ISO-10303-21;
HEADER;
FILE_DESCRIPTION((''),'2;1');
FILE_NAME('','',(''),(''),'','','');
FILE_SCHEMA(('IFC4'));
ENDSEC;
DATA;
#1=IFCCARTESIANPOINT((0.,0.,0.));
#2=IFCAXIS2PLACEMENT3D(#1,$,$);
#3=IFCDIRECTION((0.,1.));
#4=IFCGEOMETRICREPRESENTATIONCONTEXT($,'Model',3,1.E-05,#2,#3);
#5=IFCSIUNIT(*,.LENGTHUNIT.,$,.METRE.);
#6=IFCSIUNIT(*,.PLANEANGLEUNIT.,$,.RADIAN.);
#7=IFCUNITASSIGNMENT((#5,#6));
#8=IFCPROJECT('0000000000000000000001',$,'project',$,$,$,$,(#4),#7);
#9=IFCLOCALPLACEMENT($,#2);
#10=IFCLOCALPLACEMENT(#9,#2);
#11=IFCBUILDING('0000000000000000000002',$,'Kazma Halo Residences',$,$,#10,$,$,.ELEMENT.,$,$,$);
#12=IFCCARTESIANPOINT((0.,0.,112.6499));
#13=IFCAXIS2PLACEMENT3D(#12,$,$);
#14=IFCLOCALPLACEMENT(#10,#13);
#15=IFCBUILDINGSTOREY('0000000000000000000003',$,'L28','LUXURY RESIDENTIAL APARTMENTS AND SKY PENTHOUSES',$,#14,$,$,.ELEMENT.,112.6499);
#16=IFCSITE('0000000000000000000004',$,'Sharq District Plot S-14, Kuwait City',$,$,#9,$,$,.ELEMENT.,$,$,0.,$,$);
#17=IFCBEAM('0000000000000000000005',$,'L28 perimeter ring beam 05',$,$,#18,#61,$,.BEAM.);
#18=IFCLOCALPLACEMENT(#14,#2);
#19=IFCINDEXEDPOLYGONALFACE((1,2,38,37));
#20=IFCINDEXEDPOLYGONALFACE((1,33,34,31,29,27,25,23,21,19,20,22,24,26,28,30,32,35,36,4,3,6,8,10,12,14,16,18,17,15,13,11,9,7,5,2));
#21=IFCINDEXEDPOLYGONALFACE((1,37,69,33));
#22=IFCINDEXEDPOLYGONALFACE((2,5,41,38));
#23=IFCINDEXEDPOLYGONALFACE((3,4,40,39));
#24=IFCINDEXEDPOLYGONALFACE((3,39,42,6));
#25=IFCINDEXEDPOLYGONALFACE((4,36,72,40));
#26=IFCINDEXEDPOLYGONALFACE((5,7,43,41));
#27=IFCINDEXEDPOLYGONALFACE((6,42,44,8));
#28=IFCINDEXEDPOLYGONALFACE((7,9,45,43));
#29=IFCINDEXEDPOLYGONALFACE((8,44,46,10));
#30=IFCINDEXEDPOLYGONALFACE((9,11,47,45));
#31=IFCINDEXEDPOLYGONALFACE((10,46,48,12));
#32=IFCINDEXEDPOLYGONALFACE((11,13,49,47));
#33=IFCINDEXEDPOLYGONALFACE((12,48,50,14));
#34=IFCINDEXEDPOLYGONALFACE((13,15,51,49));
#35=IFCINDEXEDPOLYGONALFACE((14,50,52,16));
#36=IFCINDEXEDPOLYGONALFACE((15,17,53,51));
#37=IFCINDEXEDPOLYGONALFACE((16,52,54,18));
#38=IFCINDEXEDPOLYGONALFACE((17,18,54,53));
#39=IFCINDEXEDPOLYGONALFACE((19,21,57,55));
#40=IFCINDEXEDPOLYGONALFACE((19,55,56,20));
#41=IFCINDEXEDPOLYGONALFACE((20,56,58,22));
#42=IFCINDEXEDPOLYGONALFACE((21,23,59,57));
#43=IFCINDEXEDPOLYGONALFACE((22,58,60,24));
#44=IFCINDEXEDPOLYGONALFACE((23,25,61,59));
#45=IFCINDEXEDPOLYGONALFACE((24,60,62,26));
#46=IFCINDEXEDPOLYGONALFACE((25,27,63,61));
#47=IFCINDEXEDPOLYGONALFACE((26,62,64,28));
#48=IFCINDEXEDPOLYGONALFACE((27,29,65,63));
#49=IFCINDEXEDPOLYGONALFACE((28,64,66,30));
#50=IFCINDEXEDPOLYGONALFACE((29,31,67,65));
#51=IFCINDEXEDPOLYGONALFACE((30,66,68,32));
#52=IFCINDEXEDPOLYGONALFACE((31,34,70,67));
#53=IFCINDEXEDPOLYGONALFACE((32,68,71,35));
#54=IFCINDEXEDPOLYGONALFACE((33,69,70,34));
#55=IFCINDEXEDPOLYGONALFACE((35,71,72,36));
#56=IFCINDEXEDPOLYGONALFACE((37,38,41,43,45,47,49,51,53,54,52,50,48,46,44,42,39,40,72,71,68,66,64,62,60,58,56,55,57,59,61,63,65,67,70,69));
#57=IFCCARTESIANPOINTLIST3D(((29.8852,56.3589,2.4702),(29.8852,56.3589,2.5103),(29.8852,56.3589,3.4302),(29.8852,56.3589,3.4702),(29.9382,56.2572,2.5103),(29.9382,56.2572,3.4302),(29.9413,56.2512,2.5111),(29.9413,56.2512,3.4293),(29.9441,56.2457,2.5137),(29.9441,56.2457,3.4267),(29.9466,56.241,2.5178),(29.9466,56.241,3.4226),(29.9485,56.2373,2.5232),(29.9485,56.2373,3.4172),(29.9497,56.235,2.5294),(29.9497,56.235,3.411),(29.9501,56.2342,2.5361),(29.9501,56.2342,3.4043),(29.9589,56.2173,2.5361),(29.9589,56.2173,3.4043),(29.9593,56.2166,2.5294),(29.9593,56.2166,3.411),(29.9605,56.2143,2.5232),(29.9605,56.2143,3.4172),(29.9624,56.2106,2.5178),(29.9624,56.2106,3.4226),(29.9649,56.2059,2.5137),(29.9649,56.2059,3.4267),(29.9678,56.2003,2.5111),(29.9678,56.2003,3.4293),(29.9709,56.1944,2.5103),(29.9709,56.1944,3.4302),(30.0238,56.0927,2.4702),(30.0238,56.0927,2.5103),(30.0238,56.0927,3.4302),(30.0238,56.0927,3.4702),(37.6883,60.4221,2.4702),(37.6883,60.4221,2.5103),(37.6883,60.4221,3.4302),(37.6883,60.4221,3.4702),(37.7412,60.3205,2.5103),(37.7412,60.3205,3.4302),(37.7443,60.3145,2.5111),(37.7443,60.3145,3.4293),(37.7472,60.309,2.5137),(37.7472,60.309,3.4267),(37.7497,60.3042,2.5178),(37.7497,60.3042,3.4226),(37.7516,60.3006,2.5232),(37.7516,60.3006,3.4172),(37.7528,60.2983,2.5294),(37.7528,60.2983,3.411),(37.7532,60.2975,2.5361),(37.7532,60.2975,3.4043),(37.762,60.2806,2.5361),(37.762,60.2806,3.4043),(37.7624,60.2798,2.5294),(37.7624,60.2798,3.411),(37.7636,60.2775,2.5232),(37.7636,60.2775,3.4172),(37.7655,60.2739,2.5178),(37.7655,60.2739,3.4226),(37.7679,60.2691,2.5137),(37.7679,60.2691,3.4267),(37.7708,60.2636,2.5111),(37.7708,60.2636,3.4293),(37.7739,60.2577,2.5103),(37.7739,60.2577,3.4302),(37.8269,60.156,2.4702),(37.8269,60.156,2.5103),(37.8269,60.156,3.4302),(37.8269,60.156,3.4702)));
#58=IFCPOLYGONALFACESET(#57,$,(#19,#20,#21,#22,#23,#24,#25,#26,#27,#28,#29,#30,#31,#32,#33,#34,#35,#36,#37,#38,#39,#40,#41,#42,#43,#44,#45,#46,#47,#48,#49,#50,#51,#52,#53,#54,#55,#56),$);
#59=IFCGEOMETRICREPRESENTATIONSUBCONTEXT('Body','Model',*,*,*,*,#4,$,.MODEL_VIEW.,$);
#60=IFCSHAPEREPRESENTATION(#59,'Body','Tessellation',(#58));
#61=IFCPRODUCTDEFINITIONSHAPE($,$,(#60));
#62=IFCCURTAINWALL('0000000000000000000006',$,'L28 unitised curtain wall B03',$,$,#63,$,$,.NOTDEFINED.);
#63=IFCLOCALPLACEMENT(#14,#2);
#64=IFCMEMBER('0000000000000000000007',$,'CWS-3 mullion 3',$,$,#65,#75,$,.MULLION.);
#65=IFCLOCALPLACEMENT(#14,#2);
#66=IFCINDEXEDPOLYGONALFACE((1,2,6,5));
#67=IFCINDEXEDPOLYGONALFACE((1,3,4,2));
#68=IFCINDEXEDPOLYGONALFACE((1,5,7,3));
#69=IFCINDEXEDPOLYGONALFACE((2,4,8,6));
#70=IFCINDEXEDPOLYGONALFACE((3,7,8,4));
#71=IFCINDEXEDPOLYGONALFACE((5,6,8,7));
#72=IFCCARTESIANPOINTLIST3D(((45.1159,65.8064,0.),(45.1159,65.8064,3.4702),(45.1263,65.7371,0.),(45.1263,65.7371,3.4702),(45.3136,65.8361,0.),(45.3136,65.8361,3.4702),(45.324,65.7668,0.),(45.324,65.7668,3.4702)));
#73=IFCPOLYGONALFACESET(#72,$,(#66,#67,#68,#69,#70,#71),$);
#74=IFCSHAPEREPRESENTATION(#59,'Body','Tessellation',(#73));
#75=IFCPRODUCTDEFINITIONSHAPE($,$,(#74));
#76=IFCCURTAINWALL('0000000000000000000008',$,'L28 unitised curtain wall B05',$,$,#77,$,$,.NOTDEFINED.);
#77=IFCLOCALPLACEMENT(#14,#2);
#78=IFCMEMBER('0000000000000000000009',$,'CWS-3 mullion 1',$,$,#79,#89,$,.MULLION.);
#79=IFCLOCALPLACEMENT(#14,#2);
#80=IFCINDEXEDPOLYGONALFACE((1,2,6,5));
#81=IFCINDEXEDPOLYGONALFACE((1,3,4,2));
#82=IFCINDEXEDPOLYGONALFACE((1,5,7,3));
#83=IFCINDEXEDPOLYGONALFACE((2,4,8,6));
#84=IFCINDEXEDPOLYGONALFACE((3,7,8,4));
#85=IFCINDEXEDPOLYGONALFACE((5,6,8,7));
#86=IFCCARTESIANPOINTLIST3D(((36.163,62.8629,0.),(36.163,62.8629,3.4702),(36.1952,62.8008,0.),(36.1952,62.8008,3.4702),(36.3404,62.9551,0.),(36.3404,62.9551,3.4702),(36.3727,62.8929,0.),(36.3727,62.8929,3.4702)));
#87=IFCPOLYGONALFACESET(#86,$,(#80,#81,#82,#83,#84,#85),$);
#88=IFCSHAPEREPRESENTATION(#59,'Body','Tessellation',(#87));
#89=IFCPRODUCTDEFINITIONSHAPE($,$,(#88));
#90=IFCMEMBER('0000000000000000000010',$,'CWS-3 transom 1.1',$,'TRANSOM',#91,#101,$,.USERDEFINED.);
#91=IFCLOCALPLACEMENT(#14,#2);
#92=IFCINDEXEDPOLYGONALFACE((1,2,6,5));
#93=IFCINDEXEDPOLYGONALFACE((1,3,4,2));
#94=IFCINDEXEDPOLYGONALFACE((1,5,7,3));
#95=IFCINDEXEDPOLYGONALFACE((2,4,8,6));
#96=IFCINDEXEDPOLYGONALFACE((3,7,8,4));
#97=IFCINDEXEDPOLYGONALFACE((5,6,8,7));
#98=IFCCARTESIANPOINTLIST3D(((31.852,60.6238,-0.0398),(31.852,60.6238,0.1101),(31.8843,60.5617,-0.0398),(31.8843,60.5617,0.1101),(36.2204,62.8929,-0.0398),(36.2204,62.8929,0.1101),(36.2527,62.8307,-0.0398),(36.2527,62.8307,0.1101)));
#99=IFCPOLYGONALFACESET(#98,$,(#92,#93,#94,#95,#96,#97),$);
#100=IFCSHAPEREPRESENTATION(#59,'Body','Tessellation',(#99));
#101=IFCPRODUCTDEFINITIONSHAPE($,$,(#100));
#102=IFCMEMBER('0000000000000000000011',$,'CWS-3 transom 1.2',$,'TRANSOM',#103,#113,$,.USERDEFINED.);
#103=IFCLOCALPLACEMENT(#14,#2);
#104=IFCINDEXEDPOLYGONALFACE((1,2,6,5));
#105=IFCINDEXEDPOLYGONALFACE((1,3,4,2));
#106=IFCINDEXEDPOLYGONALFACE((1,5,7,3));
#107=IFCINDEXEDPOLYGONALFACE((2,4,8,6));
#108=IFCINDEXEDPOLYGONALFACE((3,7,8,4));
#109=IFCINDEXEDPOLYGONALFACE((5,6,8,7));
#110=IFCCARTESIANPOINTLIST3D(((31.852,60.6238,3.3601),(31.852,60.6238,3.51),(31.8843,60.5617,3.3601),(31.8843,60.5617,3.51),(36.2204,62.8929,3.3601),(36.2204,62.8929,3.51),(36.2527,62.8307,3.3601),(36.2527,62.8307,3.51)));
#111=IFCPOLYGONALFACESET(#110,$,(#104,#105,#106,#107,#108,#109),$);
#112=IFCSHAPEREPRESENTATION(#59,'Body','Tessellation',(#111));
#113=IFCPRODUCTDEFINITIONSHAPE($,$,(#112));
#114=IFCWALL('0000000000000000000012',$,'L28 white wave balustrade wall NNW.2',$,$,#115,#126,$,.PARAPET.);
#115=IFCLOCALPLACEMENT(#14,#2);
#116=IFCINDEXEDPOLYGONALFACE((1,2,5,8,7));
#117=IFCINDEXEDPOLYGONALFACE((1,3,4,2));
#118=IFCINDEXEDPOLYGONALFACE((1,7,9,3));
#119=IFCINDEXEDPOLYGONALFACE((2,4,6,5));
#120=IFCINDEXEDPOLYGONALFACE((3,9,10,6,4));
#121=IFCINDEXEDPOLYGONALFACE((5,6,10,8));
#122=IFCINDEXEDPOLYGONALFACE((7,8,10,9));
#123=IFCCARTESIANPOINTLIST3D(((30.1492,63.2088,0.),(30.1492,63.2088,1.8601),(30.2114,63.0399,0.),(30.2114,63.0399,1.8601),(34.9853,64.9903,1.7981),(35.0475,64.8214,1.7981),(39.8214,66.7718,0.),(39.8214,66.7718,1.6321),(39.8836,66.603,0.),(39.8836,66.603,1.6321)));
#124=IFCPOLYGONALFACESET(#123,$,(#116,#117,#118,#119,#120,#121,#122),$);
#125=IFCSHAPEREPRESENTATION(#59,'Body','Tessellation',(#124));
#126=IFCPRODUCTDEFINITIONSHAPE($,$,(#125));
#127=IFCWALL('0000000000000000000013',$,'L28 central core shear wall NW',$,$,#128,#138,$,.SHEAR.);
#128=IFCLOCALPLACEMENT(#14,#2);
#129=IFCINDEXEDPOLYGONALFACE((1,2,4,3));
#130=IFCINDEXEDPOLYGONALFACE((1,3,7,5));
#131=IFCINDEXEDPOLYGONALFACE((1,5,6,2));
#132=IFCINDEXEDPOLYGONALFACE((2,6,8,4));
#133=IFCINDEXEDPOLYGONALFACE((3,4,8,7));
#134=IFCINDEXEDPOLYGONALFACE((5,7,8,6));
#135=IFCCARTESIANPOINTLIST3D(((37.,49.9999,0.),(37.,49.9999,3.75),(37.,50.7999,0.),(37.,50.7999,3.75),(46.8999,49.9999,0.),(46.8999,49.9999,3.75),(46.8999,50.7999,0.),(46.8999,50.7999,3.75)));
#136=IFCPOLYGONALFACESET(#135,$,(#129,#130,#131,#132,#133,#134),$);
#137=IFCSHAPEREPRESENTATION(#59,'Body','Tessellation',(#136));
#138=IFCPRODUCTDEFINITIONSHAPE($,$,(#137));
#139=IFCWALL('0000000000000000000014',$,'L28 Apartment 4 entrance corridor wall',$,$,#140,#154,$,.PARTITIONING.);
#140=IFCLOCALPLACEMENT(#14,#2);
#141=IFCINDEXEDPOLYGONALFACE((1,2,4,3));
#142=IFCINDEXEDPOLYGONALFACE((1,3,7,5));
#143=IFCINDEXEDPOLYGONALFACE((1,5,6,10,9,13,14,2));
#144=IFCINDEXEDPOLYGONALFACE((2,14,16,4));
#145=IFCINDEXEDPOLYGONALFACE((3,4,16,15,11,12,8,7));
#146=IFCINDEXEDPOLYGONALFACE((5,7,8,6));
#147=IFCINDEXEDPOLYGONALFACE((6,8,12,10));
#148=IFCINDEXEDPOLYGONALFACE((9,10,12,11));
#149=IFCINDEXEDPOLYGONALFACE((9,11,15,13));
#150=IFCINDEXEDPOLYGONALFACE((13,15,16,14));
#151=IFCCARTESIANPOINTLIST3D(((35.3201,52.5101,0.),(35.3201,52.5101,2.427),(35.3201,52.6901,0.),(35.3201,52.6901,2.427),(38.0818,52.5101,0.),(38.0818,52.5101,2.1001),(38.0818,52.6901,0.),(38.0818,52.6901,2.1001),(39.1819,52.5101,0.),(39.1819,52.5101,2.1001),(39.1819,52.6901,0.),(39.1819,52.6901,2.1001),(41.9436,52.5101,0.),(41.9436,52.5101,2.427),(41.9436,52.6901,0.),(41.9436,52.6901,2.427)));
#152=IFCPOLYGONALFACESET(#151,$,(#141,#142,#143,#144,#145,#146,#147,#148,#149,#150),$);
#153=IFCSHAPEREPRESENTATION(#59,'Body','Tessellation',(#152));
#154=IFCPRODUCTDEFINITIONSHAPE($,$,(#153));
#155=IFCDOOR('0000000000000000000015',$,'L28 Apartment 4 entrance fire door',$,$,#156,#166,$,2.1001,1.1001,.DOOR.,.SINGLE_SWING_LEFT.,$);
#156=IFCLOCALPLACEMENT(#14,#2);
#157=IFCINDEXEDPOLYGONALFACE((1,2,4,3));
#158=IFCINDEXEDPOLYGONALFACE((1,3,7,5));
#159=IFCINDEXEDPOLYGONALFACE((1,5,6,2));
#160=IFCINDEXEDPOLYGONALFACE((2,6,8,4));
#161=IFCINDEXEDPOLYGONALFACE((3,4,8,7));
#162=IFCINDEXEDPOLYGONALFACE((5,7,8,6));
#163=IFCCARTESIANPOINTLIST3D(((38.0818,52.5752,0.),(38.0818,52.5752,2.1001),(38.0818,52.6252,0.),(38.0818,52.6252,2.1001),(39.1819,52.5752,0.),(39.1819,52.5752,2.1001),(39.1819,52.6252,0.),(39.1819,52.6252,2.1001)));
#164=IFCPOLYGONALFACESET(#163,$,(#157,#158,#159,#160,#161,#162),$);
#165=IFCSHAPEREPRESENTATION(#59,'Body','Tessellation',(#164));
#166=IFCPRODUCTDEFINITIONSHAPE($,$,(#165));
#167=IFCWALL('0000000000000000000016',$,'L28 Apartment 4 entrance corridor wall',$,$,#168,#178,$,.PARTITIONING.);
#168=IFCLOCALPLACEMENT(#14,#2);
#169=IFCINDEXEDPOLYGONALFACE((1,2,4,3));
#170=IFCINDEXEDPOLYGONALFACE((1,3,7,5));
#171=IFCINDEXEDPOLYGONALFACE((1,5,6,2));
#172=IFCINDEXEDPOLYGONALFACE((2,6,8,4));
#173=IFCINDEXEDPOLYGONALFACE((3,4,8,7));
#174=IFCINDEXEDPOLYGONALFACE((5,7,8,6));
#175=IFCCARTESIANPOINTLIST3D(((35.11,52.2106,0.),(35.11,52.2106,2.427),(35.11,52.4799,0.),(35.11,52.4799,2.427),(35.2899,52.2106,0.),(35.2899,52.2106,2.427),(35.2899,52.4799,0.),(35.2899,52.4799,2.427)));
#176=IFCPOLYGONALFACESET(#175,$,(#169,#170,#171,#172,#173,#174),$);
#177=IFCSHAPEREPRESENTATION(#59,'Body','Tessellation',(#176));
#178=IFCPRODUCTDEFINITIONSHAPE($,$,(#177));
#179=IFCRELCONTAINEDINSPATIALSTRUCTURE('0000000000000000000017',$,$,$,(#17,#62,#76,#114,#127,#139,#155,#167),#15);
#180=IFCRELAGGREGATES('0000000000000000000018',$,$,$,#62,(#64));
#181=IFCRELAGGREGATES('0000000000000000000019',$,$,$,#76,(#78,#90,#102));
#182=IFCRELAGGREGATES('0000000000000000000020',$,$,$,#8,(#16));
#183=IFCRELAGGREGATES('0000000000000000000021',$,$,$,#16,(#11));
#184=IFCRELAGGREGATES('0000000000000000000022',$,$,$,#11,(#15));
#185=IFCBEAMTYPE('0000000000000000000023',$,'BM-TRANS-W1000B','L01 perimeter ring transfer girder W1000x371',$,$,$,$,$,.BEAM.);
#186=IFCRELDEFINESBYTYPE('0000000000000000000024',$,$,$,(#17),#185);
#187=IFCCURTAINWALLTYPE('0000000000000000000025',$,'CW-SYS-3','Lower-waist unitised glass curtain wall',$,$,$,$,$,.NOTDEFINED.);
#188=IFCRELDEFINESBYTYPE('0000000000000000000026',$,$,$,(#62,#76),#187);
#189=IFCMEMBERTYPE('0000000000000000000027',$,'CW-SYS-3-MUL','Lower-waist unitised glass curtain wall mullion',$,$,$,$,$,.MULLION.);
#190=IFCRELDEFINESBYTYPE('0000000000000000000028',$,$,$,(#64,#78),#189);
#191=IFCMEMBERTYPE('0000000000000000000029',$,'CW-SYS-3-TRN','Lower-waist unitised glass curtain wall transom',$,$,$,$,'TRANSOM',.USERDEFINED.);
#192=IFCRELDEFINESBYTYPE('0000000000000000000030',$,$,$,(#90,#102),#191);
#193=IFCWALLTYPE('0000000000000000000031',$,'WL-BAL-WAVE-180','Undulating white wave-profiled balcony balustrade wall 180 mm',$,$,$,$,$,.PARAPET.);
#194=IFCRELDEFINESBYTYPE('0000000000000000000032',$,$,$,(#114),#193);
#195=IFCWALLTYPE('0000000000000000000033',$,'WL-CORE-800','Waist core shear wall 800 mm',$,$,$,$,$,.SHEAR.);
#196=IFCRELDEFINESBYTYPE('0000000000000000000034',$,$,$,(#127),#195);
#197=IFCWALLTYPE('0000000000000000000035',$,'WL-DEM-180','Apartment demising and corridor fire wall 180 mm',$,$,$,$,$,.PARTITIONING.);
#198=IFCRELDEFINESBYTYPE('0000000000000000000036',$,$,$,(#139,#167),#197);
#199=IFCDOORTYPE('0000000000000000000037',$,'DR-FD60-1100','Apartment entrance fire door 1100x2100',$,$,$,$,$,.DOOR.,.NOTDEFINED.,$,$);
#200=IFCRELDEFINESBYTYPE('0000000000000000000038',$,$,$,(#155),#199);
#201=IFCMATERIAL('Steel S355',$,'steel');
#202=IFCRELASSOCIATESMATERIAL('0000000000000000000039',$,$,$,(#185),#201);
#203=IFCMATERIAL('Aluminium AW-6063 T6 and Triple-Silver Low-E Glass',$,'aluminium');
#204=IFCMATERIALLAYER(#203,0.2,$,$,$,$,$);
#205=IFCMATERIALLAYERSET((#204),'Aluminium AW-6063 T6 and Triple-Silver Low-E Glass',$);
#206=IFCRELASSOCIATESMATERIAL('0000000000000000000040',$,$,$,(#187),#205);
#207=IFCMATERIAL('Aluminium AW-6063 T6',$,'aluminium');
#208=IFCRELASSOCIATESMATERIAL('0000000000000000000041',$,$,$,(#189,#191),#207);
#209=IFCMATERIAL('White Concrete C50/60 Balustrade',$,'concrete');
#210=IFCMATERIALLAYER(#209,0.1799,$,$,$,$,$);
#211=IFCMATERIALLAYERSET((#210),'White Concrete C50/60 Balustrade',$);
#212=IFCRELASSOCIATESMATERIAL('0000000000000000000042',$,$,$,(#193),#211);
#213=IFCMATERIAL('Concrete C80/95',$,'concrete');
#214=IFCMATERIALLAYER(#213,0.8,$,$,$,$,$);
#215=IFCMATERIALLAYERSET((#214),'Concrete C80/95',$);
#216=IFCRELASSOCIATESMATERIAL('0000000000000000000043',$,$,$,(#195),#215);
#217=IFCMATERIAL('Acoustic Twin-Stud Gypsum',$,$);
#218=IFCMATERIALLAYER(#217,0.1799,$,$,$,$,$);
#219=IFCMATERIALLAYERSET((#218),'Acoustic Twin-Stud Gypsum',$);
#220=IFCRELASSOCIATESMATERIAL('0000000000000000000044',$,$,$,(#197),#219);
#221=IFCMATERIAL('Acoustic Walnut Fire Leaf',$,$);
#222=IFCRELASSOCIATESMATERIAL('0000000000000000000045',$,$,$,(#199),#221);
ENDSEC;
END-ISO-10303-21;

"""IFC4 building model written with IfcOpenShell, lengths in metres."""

from ifc_helpers import new_model, si_unit, direction, frame, frame_2d, origin, origin_2d, place, context, subcontext, project, spatial, polyline, rectangle, i_section, outline, extrude, material, layer, layer_set, material_profile, profile_set, type_object, element, fill, aggregate, save


model = new_model("IFC4")

# Units and contexts
model_context = context("Model", 3, precision=1e-05, world=origin(), true_north=direction((0.0, 1.0)))
body_context = subcontext(model_context, "Body", "Model", "MODEL_VIEW")
ifc_project = project(units=[si_unit("LENGTHUNIT", "METRE"), si_unit("PLANEANGLEUNIT", "RADIAN")], contexts=[model_context])

# Site, building, storey
site_placement = place(None, origin())
site = spatial("IfcSite", under=ifc_project, at=site_placement, Name="Sharq District Plot S-14, Kuwait City", CompositionType="ELEMENT", RefElevation=0.0)
building_placement = place(site_placement, origin())
building = spatial("IfcBuilding", under=site, at=building_placement, Name="Kazma Halo Residences", CompositionType="ELEMENT")
storey_placement = place(building_placement, frame((0.0, 0.0, 112.6499)))
storey = spatial("IfcBuildingStorey", under=building, at=storey_placement, Name="L28", Description="LUXURY RESIDENTIAL APARTMENTS AND SKY PENTHOUSES", CompositionType="ELEMENT", Elevation=112.6499)

# Shared definitions
ifc_material_1 = material(Name="Concrete C80/95", Category="concrete")

# Beam
ifc_material_2 = material(Name="Steel S355", Category="steel")
ifc_material_profile_1 = material_profile(ifc_material_2, i_section(OverallWidth=0.3, OverallDepth=1.0, WebThickness=0.019, FlangeThickness=0.04, FilletRadius=0.0259, at=origin_2d()), Name="W1000x371")
ifc_profile_set_1 = profile_set([ifc_material_profile_1], Name="Steel S355")
beam_type_1 = type_object("IfcBeamType", Name="BM-TRANS-W1000B", Description="L01 perimeter ring transfer girder W1000x371", PredefinedType="BEAM", material=ifc_profile_set_1)
beam_1_placement = place(storey_placement, frame((37.7576, 60.2891, 2.9702), z_axis=(-0.886952, -0.461861, 0.0), x_axis=(0.461861, -0.886952, 0.0)))
element("IfcBeam", 1, at=beam_1_placement, inside=storey, type_object=beam_type_1, Name="L28 perimeter ring beam 05", PredefinedType="BEAM", context=body_context, shape_type="SweptSolid", body=[
    extrude(i_section(OverallWidth=0.3, OverallDepth=1.0, WebThickness=0.019, FlangeThickness=0.04, FilletRadius=0.0259, at=origin_2d()), origin(), (0.0, 0.0, 1.0), 8.7976),
])

# Curtain wall, member
ifc_material_3 = material(Name="Aluminium AW-6063 T6 and Triple-Silver Low-E Glass", Category="aluminium")
ifc_layer_1 = layer(ifc_material_3, 0.2)
ifc_layer_set_1 = layer_set([ifc_layer_1], Name="Aluminium AW-6063 T6 and Triple-Silver Low-E Glass")
curtain_wall_type = type_object("IfcCurtainWallType", Name="CW-SYS-3", Description="Lower-waist unitised glass curtain wall", PredefinedType="NOTDEFINED", material=ifc_layer_set_1)
curtain_wall_1_placement = place(storey_placement, origin())
curtain_wall_1 = element("IfcCurtainWall", 2, at=curtain_wall_1_placement, inside=storey, type_object=curtain_wall_type, Name="L28 unitised curtain wall B03", PredefinedType="NOTDEFINED")
ifc_material_4 = material(Name="Aluminium AW-6063 T6", Category="aluminium")
ifc_material_profile_2 = material_profile(ifc_material_4, rectangle(XDim=0.0701, YDim=0.2, at=origin_2d()), Name="CWM-70x200")
ifc_profile_set_2 = profile_set([ifc_material_profile_2], Name="Aluminium AW-6063 T6")
member_type_1 = type_object("IfcMemberType", Name="CW-SYS-3-MUL", Description="Lower-waist unitised glass curtain wall mullion", PredefinedType="MULLION", material=ifc_profile_set_2)
member_1_placement = place(storey_placement, frame((45.22, 65.7866, 0.0), z_axis=(0.0, 0.0, 1.0), x_axis=(0.148717, -0.98888, 0.0)))
member_1 = element("IfcMember", 3, at=member_1_placement, type_object=member_type_1, Name="CWS-3 mullion 3", PredefinedType="MULLION", context=body_context, shape_type="SweptSolid", body=[
    extrude(rectangle(XDim=0.0701, YDim=0.2, at=origin_2d()), origin(), (0.0, 0.0, 1.0), 3.4702),
])
aggregate(curtain_wall_1, [member_1])

# Curtain wall, members
curtain_wall_2_placement = place(storey_placement, origin())
curtain_wall_2 = element("IfcCurtainWall", 4, at=curtain_wall_2_placement, inside=storey, type_object=curtain_wall_type, Name="L28 unitised curtain wall B05", PredefinedType="NOTDEFINED")
member_2_placement = place(storey_placement, frame((36.2678, 62.8779, 0.0), z_axis=(0.0, 0.0, 1.0), x_axis=(0.460932, -0.887435, 0.0)))
member_2 = element("IfcMember", 5, at=member_2_placement, type_object=member_type_1, Name="CWS-3 mullion 1", PredefinedType="MULLION", context=body_context, shape_type="SweptSolid", body=[
    extrude(rectangle(XDim=0.0701, YDim=0.2, at=origin_2d()), origin(), (0.0, 0.0, 1.0), 3.4702),
])
ifc_material_profile_3 = material_profile(ifc_material_4, rectangle(XDim=0.0701, YDim=0.1499, at=origin_2d()), Name="CWT-70x150")
ifc_profile_set_3 = profile_set([ifc_material_profile_3], Name="Aluminium AW-6063 T6")
member_type_2 = type_object("IfcMemberType", Name="CW-SYS-3-TRN", Description="Lower-waist unitised glass curtain wall transom", ElementType="TRANSOM", PredefinedType="USERDEFINED", material=ifc_profile_set_3)
member_3_placement = place(storey_placement, frame((36.2366, 62.8618, 0.0352), z_axis=(-0.887427, -0.460948, 0.0), x_axis=(0.460948, -0.887427, 0.0)))
member_3 = element("IfcMember", 6, at=member_3_placement, type_object=member_type_2, Name="CWS-3 transom 1.1", ObjectType="TRANSOM", PredefinedType="USERDEFINED", context=body_context, shape_type="SweptSolid", body=[
    extrude(rectangle(XDim=0.0701, YDim=0.1499, at=origin_2d()), origin(), (0.0, 0.0, 1.0), 4.9226),
])
member_4_placement = place(storey_placement, frame((36.2366, 62.8618, 3.4351), z_axis=(-0.887427, -0.460948, 0.0), x_axis=(0.460948, -0.887427, 0.0)))
member_4 = element("IfcMember", 7, at=member_4_placement, type_object=member_type_2, Name="CWS-3 transom 1.2", ObjectType="TRANSOM", PredefinedType="USERDEFINED", context=body_context, shape_type="SweptSolid", body=[
    extrude(rectangle(XDim=0.0701, YDim=0.1499, at=origin_2d()), origin(), (0.0, 0.0, 1.0), 4.9226),
])
aggregate(curtain_wall_2, [member_2, member_3, member_4])

# Walls
ifc_material_5 = material(Name="White Concrete C50/60 Balustrade", Category="concrete")
ifc_layer_2 = layer(ifc_material_5, 0.1799)
ifc_layer_set_2 = layer_set([ifc_layer_2], Name="White Concrete C50/60 Balustrade")
wall_type_1 = type_object("IfcWallType", Name="WL-BAL-WAVE-180", Description="Undulating white wave-profiled balcony balustrade wall 180 mm", PredefinedType="PARAPET", material=ifc_layer_set_2)
wall_1_placement = place(storey_placement, frame((39.8525, 66.6873, 0.0), z_axis=(0.0, 0.0, 1.0), x_axis=(-0.938356, -0.345669, 0.0)))
element("IfcWall", 8, at=wall_1_placement, inside=storey, type_object=wall_type_1, Name="L28 white wave balustrade wall NNW.2", PredefinedType="PARAPET", context=body_context, shape_type="SweptSolid", body=[
    extrude(outline(polyline([(0.0, 0.0), (10.3076, 0.0), (10.3076, 1.8601), (5.1538, 1.7981), (0.0, 1.6321), (0.0, 0.0)])), frame((0.0, 0.0898, 0.0), z_axis=(0.0, -1.0, 0.0), x_axis=(1.0, 0.0, 0.0)), (0.0, 0.0, 1.0), 0.1799),
])
ifc_layer_3 = layer(ifc_material_1, 0.8)
ifc_layer_set_3 = layer_set([ifc_layer_3], Name="Concrete C80/95")
wall_type_2 = type_object("IfcWallType", Name="WL-CORE-800", Description="Waist core shear wall 800 mm", PredefinedType="SHEAR", material=ifc_layer_set_3)
wall_2_placement = place(storey_placement, frame((37.0, 50.3999, 0.0), z_axis=(0.0, 0.0, 1.0), x_axis=(1.0, 0.0, 0.0)))
element("IfcWall", 9, at=wall_2_placement, inside=storey, type_object=wall_type_2, Name="L28 central core shear wall NW", PredefinedType="SHEAR", context=body_context, shape_type="SweptSolid", body=[
    extrude(rectangle(XDim=9.8999, YDim=0.8, at=frame_2d((4.95, 0.0))), origin(), (0.0, 0.0, 1.0), 3.75),
])

# Wall, opening, door
ifc_material_6 = material(Name="Acoustic Twin-Stud Gypsum")
ifc_layer_4 = layer(ifc_material_6, 0.1799)
ifc_layer_set_4 = layer_set([ifc_layer_4], Name="Acoustic Twin-Stud Gypsum")
wall_type_3 = type_object("IfcWallType", Name="WL-DEM-180", Description="Apartment demising and corridor fire wall 180 mm", PredefinedType="PARTITIONING", material=ifc_layer_set_4)
wall_3_placement = place(storey_placement, frame((41.9436, 52.6001, 0.0), z_axis=(0.0, 0.0, 1.0), x_axis=(-1.0, 0.0, 0.0)))
wall_3 = element("IfcWall", 10, at=wall_3_placement, inside=storey, type_object=wall_type_3, Name="L28 Apartment 4 entrance corridor wall", PredefinedType="PARTITIONING", context=body_context, shape_type="SweptSolid", body=[
    extrude(rectangle(XDim=6.6235, YDim=0.1799, at=frame_2d((3.3118, 0.0))), origin(), (0.0, 0.0, 1.0), 2.427),
])
opening_1_placement = place(wall_3_placement, frame((2.7617, 0.0, 0.0)))
opening_1 = element("IfcOpeningElement", 11, at=opening_1_placement, cuts=wall_3, PredefinedType="OPENING", context=body_context, shape_type="SweptSolid", body=[
    extrude(rectangle(XDim=1.1001, YDim=2.1001, at=frame_2d((0.55, 1.05))), frame((0.0, 0.0999, 0.0), z_axis=(0.0, -1.0, 0.0), x_axis=(1.0, 0.0, 0.0)), (0.0, 0.0, 1.0), 0.2),
])
ifc_material_7 = material(Name="Acoustic Walnut Fire Leaf")
door_type_1 = type_object("IfcDoorType", Name="DR-FD60-1100", Description="Apartment entrance fire door 1100x2100", OperationType="NOTDEFINED", PredefinedType="DOOR", material=ifc_material_7)
door_1_placement = place(opening_1_placement, origin())
door_1 = element("IfcDoor", 12, at=door_1_placement, inside=storey, type_object=door_type_1, Name="L28 Apartment 4 entrance fire door", OperationType="SINGLE_SWING_LEFT", OverallHeight=2.1001, OverallWidth=1.1001, PredefinedType="DOOR", context=body_context, shape_type="SweptSolid", body=[
    extrude(rectangle(XDim=1.1001, YDim=2.1001, at=frame_2d((0.55, 1.05))), frame((0.0, 0.0249, 0.0), z_axis=(0.0, -1.0, 0.0), x_axis=(1.0, 0.0, 0.0)), (0.0, 0.0, 1.0), 0.05),
])
fill(opening_1, door_1)

# Wall
wall_4_placement = place(storey_placement, frame((35.2, 52.48, 0.0), z_axis=(0.0, 0.0, 1.0), x_axis=(0.0, -1.0, 0.0)))
element("IfcWall", 13, at=wall_4_placement, inside=storey, type_object=wall_type_3, Name="L28 Apartment 4 entrance corridor wall", PredefinedType="PARTITIONING", context=body_context, shape_type="SweptSolid", body=[
    extrude(rectangle(XDim=0.2693, YDim=0.1799, at=frame_2d((0.1348, 0.0))), origin(), (0.0, 0.0, 1.0), 2.427),
])

save(model, "model.ifc")
